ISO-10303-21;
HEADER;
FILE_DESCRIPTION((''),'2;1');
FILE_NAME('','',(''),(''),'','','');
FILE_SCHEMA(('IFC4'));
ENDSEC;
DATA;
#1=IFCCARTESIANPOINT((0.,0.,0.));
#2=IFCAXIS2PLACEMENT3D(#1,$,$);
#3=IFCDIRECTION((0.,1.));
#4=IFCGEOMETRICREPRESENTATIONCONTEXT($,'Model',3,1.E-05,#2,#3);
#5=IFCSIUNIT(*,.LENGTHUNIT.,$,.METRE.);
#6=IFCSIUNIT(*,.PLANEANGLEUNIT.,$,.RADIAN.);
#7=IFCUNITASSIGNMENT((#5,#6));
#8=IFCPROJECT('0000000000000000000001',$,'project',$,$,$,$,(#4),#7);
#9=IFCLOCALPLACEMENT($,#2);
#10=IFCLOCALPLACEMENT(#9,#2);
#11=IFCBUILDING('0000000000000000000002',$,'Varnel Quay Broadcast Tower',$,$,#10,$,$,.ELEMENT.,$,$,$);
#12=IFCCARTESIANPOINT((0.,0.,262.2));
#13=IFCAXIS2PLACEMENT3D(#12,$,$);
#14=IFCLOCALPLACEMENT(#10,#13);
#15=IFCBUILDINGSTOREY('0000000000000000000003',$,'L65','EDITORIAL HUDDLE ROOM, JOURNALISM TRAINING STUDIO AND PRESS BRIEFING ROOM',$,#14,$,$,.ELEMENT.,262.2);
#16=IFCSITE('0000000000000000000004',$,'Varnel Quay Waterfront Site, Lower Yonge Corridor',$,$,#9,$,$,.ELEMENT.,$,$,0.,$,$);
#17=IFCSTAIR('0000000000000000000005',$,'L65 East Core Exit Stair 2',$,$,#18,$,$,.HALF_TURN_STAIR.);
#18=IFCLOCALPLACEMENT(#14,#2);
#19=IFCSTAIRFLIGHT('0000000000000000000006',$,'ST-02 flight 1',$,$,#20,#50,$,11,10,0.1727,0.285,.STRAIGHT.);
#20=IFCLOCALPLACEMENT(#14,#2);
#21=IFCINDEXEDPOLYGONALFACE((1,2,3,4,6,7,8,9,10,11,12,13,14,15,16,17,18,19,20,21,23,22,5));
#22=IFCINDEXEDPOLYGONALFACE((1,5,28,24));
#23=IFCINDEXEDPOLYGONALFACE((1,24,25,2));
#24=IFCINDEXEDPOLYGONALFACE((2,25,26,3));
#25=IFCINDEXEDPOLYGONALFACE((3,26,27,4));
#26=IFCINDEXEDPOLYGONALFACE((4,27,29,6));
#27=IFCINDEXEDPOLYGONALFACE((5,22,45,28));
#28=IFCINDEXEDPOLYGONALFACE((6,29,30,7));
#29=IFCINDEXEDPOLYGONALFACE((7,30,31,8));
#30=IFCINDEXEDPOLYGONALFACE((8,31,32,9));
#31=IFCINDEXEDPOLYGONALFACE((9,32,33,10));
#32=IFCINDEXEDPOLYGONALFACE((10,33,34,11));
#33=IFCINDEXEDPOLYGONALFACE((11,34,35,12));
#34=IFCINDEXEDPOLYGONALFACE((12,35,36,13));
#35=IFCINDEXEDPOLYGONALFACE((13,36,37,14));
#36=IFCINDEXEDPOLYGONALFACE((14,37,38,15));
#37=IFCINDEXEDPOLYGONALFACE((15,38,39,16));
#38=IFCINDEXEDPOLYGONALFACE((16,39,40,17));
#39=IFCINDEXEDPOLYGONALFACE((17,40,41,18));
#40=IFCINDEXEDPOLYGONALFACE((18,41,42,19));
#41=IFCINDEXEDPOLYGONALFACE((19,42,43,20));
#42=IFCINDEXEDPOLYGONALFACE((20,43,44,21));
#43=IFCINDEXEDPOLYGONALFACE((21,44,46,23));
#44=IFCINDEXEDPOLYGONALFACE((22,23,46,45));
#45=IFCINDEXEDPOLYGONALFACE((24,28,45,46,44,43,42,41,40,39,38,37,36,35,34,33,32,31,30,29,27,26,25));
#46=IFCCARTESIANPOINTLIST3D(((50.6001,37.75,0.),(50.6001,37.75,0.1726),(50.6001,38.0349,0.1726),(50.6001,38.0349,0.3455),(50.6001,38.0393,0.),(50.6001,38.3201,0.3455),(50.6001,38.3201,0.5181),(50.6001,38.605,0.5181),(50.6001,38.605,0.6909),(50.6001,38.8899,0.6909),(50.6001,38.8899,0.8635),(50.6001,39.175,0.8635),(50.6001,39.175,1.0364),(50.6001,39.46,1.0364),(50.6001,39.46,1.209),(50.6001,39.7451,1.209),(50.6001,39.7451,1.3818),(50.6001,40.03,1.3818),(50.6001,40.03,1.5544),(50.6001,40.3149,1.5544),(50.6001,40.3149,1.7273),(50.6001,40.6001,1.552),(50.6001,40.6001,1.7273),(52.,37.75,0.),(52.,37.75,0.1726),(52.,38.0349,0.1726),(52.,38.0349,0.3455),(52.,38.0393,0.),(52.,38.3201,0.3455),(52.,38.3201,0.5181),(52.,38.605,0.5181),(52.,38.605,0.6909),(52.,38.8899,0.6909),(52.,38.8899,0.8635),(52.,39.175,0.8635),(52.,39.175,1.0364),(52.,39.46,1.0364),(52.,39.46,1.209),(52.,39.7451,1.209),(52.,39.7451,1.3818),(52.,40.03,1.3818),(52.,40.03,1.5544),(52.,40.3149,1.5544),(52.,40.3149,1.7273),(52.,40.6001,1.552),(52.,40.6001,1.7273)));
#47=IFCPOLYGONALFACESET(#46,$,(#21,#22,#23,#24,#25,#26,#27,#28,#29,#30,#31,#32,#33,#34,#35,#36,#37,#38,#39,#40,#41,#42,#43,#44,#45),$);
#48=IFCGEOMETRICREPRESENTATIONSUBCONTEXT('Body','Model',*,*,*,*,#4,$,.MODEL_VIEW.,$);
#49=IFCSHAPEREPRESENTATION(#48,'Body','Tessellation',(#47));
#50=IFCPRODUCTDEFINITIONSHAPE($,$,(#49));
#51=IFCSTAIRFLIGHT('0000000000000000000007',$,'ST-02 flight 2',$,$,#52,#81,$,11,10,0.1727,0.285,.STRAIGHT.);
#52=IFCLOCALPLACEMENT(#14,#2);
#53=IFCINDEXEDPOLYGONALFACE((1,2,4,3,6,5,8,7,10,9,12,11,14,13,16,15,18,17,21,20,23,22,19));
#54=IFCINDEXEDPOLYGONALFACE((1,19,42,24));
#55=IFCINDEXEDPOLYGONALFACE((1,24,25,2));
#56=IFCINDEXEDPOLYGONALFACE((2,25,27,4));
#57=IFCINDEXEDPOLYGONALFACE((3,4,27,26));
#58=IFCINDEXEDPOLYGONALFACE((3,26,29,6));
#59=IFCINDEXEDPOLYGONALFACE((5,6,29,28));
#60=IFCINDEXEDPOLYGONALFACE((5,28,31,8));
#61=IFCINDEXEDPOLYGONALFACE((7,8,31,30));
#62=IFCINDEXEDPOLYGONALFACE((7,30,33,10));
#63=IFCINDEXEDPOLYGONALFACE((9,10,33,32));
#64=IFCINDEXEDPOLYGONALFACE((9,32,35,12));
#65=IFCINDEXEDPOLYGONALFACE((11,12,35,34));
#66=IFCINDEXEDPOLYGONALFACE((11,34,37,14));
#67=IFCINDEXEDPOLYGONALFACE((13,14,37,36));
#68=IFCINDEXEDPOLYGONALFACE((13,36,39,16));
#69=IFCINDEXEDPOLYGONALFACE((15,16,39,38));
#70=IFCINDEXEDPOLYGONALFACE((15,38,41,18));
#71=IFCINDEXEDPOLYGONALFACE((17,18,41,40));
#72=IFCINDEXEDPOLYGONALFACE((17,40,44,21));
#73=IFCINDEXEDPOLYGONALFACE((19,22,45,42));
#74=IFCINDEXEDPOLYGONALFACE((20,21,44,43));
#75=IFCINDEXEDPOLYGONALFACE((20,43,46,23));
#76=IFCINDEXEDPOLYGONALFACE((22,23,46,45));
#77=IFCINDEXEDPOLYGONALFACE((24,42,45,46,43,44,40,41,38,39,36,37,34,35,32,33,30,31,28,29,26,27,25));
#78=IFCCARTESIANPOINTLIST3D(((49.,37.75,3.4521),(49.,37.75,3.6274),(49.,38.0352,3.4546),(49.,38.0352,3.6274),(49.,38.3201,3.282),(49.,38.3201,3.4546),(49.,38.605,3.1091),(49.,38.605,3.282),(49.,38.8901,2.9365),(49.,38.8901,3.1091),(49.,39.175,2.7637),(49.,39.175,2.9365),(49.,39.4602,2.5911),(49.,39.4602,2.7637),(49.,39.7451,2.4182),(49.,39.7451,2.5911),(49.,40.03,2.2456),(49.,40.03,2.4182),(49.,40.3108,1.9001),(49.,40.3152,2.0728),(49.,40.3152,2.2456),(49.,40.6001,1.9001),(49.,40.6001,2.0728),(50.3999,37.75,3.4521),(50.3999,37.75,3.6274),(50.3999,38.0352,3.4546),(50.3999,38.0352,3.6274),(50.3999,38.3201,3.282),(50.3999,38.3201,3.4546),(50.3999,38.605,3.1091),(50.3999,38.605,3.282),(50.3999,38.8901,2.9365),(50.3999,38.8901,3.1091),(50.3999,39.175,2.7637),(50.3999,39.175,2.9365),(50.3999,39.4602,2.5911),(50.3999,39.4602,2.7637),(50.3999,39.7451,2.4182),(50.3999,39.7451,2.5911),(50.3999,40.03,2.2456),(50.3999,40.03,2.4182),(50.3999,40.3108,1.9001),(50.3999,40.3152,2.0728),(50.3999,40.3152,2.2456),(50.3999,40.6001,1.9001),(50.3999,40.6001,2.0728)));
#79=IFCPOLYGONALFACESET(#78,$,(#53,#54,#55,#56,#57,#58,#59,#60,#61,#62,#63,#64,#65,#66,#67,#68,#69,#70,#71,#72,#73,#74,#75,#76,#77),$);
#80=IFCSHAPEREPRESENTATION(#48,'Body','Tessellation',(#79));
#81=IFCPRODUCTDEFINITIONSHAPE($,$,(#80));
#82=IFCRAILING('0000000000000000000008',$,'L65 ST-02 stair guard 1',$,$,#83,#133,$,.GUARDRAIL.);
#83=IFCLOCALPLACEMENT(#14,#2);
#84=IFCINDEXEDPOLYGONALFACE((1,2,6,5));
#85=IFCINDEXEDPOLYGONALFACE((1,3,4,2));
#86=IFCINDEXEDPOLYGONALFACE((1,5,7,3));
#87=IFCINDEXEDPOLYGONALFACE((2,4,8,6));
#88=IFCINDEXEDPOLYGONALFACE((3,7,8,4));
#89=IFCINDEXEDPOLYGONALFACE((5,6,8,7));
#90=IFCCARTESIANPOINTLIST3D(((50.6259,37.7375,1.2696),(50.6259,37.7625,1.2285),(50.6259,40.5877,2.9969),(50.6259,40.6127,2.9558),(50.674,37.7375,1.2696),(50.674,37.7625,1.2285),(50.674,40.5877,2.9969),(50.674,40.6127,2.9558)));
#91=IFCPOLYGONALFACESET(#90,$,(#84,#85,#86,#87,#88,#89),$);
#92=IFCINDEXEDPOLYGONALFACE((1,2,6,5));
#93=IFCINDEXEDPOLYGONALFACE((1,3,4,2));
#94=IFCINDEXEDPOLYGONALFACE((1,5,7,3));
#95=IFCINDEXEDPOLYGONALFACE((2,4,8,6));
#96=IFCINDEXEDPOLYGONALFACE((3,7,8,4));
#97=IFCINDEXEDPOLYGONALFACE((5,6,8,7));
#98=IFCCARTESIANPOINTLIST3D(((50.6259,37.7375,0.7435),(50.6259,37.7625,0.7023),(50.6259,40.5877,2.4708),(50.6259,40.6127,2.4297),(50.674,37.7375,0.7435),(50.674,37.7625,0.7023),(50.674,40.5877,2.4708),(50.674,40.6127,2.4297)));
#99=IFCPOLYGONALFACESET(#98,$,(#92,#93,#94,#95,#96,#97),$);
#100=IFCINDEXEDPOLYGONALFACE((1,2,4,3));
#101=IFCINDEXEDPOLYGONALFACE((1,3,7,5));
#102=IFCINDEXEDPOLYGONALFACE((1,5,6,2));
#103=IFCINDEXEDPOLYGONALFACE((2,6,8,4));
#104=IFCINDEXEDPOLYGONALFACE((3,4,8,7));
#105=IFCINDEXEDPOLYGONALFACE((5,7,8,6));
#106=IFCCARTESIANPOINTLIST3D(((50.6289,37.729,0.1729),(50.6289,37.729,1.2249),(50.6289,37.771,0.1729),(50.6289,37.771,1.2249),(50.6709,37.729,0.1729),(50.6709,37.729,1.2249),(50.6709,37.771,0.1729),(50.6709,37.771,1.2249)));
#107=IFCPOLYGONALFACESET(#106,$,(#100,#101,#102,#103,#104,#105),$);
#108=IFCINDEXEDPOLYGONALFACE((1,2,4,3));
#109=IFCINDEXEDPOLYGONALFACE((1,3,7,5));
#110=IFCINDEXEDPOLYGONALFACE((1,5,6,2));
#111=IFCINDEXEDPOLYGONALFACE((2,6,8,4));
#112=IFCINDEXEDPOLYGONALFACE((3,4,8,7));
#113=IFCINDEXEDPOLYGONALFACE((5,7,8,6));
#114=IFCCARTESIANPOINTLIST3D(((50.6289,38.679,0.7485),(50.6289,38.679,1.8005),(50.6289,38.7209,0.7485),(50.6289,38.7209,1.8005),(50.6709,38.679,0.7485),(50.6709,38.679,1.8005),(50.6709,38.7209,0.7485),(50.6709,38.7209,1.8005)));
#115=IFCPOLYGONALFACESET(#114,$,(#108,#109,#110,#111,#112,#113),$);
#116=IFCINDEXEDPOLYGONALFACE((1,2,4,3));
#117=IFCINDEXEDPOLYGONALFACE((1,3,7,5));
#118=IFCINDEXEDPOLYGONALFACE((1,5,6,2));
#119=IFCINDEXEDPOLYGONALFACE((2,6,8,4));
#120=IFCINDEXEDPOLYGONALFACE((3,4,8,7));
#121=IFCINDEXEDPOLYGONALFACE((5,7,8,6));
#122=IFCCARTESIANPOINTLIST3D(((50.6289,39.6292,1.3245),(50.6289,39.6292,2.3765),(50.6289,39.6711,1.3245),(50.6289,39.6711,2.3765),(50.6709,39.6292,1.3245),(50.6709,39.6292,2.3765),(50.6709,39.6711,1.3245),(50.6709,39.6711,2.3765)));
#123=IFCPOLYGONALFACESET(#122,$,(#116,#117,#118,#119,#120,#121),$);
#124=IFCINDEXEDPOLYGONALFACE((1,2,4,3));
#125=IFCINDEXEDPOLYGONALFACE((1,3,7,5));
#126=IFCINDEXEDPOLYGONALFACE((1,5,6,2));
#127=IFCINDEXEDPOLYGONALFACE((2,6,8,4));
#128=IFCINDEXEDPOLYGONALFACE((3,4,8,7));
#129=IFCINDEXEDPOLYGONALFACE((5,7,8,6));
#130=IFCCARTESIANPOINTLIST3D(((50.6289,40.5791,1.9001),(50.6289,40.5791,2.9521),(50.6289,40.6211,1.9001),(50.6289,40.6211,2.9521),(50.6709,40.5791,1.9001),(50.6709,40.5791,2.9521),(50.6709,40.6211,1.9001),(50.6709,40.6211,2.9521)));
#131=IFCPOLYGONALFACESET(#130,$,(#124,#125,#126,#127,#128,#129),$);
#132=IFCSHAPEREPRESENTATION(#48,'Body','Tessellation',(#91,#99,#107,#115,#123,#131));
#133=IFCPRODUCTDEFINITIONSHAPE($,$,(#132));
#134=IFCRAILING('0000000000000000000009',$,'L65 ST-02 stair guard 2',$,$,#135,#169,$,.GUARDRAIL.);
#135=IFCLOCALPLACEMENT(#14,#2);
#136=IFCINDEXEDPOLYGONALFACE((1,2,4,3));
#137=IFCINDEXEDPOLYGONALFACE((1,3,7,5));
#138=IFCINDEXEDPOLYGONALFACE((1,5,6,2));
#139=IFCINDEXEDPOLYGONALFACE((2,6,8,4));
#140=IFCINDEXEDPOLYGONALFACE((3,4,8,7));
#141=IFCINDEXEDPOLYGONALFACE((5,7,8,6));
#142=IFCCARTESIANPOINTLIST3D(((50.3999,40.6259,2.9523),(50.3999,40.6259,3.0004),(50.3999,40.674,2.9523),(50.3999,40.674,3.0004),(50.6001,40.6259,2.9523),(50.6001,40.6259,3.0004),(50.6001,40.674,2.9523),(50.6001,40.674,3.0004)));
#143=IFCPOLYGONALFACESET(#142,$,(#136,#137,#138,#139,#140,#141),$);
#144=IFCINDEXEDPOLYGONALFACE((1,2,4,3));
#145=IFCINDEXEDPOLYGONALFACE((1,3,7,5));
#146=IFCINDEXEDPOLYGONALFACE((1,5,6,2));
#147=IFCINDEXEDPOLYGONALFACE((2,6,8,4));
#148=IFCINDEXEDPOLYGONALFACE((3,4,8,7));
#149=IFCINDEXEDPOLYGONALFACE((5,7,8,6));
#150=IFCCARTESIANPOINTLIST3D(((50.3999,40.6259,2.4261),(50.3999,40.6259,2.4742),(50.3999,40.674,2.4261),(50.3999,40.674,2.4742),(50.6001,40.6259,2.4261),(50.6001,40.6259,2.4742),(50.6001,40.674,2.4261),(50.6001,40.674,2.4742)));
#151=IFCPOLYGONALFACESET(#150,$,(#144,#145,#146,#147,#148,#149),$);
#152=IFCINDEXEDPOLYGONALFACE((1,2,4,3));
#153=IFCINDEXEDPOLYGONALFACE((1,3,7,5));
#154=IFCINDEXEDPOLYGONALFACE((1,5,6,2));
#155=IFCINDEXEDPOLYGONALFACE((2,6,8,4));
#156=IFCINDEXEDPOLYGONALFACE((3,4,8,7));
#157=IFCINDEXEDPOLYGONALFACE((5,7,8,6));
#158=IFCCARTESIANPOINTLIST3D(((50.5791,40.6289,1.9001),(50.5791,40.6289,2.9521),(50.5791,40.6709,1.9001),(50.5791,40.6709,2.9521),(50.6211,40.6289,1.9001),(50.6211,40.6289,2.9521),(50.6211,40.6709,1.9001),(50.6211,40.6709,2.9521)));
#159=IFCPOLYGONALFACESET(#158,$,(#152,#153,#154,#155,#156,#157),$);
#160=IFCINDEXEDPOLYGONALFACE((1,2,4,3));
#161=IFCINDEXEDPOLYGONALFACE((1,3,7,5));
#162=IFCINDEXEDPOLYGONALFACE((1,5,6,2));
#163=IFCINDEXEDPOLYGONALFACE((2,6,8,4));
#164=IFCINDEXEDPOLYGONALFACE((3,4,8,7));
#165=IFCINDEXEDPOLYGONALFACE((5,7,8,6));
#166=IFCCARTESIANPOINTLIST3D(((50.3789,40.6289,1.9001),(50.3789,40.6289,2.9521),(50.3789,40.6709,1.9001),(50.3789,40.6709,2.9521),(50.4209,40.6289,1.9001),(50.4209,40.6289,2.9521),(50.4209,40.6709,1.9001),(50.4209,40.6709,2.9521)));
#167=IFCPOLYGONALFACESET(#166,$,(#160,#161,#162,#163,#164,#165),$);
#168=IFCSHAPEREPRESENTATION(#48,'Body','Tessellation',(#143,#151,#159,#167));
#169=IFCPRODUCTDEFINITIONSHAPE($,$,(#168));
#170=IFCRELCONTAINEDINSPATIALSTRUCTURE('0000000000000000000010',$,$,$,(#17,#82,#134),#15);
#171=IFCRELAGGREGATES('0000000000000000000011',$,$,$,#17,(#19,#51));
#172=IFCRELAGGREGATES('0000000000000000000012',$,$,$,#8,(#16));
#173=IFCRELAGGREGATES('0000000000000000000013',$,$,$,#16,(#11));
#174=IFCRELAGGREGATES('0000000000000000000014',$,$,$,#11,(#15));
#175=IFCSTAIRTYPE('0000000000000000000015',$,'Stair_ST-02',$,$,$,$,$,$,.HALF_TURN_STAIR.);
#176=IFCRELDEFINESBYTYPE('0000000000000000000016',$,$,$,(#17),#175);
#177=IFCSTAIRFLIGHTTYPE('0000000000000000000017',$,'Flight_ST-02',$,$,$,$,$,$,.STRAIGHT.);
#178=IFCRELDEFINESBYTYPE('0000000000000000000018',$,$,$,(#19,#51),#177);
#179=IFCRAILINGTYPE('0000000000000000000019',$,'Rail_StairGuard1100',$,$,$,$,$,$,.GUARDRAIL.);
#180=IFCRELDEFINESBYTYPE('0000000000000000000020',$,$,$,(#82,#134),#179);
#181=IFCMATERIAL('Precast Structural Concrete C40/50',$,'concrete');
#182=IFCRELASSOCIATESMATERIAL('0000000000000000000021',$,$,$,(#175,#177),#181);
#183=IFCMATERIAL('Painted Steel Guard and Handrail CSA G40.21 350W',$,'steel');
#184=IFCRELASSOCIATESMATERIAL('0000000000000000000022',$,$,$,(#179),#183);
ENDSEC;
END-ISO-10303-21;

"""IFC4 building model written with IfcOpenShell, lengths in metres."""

from ifc_helpers import new_model, si_unit, direction, frame, origin, origin_2d, place, context, subcontext, project, spatial, polyline, rectangle, outline, extrude, material, type_object, element, aggregate, save


model = new_model("IFC4")

# Units and contexts
model_context = context("Model", 3, precision=1e-05, world=origin(), true_north=direction((0.0, 1.0)))
body_context = subcontext(model_context, "Body", "Model", "MODEL_VIEW")
ifc_project = project(units=[si_unit("LENGTHUNIT", "METRE"), si_unit("PLANEANGLEUNIT", "RADIAN")], contexts=[model_context])

# Site, building, storey
site_placement = place(None, origin())
site = spatial("IfcSite", under=ifc_project, at=site_placement, Name="Varnel Quay Waterfront Site, Lower Yonge Corridor", CompositionType="ELEMENT", RefElevation=0.0)
building_placement = place(site_placement, origin())
building = spatial("IfcBuilding", under=site, at=building_placement, Name="Varnel Quay Broadcast Tower", CompositionType="ELEMENT")
storey_placement = place(building_placement, frame((0.0, 0.0, 262.2)))
storey = spatial("IfcBuildingStorey", under=building, at=storey_placement, Name="L65", Description="EDITORIAL HUDDLE ROOM, JOURNALISM TRAINING STUDIO AND PRESS BRIEFING ROOM", CompositionType="ELEMENT", Elevation=262.2)

# Stair, stair flights
ifc_material_1 = material(Name="Precast Structural Concrete C40/50", Category="concrete")
stair_type = type_object("IfcStairType", Name="Stair_ST-02", PredefinedType="HALF_TURN_STAIR", material=ifc_material_1)
stair_placement = place(storey_placement, origin())
stair = element("IfcStair", 1, at=stair_placement, inside=storey, type_object=stair_type, Name="L65 East Core Exit Stair 2", PredefinedType="HALF_TURN_STAIR")
stair_flight_type = type_object("IfcStairFlightType", Name="Flight_ST-02", PredefinedType="STRAIGHT", material=ifc_material_1)
stair_flight_1_placement = place(storey_placement, frame((51.3, 37.75, 0.0), z_axis=(0.0, 0.0, 1.0), x_axis=(0.0, 1.0, 0.0)))
stair_flight_1 = element("IfcStairFlight", 2, at=stair_flight_1_placement, type_object=stair_flight_type, Name="ST-02 flight 1", NumberOfRisers=11, NumberOfTreads=10, PredefinedType="STRAIGHT", RiserHeight=0.1727, TreadLength=0.285, context=body_context, shape_type="SweptSolid", body=[
    extrude(outline(polyline([(0.0, 0.0), (0.0, 0.1726), (0.2849, 0.1726), (0.2849, 0.3455), (0.5701, 0.3455), (0.5701, 0.5181), (0.855, 0.5181), (0.855, 0.6909), (1.1399, 0.6909), (1.1399, 0.8635), (1.425, 0.8635), (1.425, 1.0364), (1.71, 1.0364), (1.71, 1.209), (1.9951, 1.209), (1.9951, 1.3818), (2.28, 1.3818), (2.28, 1.5544), (2.5649, 1.5544), (2.5649, 1.7273), (2.8501, 1.7273), (2.8501, 1.8999), (2.8501, 1.552), (0.2893, 0.0), (0.0, 0.0)])), frame((0.0, 0.7, 0.0), z_axis=(0.0, -1.0, 0.0), x_axis=(1.0, 0.0, 0.0)), (0.0, 0.0, 1.0), 1.3999),
])
stair_flight_2_placement = place(storey_placement, frame((49.7, 40.6001, 1.9001), z_axis=(0.0, 0.0, 1.0), x_axis=(0.0, -1.0, 0.0)))
stair_flight_2 = element("IfcStairFlight", 3, at=stair_flight_2_placement, type_object=stair_flight_type, Name="ST-02 flight 2", NumberOfRisers=11, NumberOfTreads=10, PredefinedType="STRAIGHT", RiserHeight=0.1727, TreadLength=0.285, context=body_context, shape_type="SweptSolid", body=[
    extrude(outline(polyline([(0.0, 0.0), (0.0, 0.1726), (0.2849, 0.1726), (0.2849, 0.3455), (0.5701, 0.3455), (0.5701, 0.5181), (0.855, 0.5181), (0.855, 0.6909), (1.1399, 0.6909), (1.1399, 0.8635), (1.425, 0.8635), (1.425, 1.0364), (1.71, 1.0364), (1.71, 1.209), (1.9951, 1.209), (1.9951, 1.3818), (2.28, 1.3818), (2.28, 1.5544), (2.5649, 1.5544), (2.5649, 1.7273), (2.8501, 1.7273), (2.8501, 1.8999), (2.8501, 1.552), (0.2893, 0.0), (0.0, 0.0)])), frame((0.0, 0.7, 0.0), z_axis=(0.0, -1.0, 0.0), x_axis=(1.0, 0.0, 0.0)), (0.0, 0.0, 1.0), 1.3999),
])
aggregate(stair, [stair_flight_1, stair_flight_2])

# Railings
ifc_material_2 = material(Name="Painted Steel Guard and Handrail CSA G40.21 350W", Category="steel")
railing_type_1 = type_object("IfcRailingType", Name="Rail_StairGuard1100", PredefinedType="GUARDRAIL", material=ifc_material_2)
railing_1_placement = place(storey_placement, frame((50.6499, 37.75, 0.1729)))
element("IfcRailing", 4, at=railing_1_placement, inside=storey, type_object=railing_type_1, Name="L65 ST-02 stair guard 1", PredefinedType="GUARDRAIL", context=body_context, shape_type="SweptSolid", body=[
    extrude(rectangle(XDim=0.0481, YDim=0.0481, at=origin_2d()), frame((0.0, 0.0, 1.0762), z_axis=(0.0, 0.855203, 0.518294), x_axis=(-1.0, 0.0, 0.0)), (0.0, 0.0, 1.0), 3.3328),
    extrude(rectangle(XDim=0.0481, YDim=0.0481, at=origin_2d()), frame((0.0, 0.0, 0.55), z_axis=(0.0, 0.855203, 0.518294), x_axis=(-1.0, 0.0, 0.0)), (0.0, 0.0, 1.0), 3.3328),
    extrude(rectangle(XDim=0.042, YDim=0.042, at=origin_2d()), origin(), (0.0, 0.0, 1.0), 1.052),
    extrude(rectangle(XDim=0.042, YDim=0.042, at=origin_2d()), frame((0.0, 0.95, 0.5757)), (0.0, 0.0, 1.0), 1.052),
    extrude(rectangle(XDim=0.042, YDim=0.042, at=origin_2d()), frame((0.0, 1.9001, 1.1516)), (0.0, 0.0, 1.0), 1.052),
    extrude(rectangle(XDim=0.042, YDim=0.042, at=origin_2d()), frame((0.0, 2.8501, 1.7273)), (0.0, 0.0, 1.0), 1.052),
])
railing_2_placement = place(storey_placement, frame((50.6001, 40.6499, 1.9001)))
element("IfcRailing", 5, at=railing_2_placement, inside=storey, type_object=railing_type_1, Name="L65 ST-02 stair guard 2", PredefinedType="GUARDRAIL", context=body_context, shape_type="SweptSolid", body=[
    extrude(rectangle(XDim=0.0481, YDim=0.0481, at=origin_2d()), frame((0.0, 0.0, 1.0762), z_axis=(-1.0, 0.0, 0.0), x_axis=(0.0, -1.0, 0.0)), (0.0, 0.0, 1.0), 0.2002),
    extrude(rectangle(XDim=0.0481, YDim=0.0481, at=origin_2d()), frame((0.0, 0.0, 0.55), z_axis=(-1.0, 0.0, 0.0), x_axis=(0.0, -1.0, 0.0)), (0.0, 0.0, 1.0), 0.2002),
    extrude(rectangle(XDim=0.042, YDim=0.042, at=origin_2d()), origin(), (0.0, 0.0, 1.0), 1.052),
    extrude(rectangle(XDim=0.042, YDim=0.042, at=origin_2d()), frame((-0.2002, 0.0, 0.0)), (0.0, 0.0, 1.0), 1.052),
])

save(model, "model.ifc")
